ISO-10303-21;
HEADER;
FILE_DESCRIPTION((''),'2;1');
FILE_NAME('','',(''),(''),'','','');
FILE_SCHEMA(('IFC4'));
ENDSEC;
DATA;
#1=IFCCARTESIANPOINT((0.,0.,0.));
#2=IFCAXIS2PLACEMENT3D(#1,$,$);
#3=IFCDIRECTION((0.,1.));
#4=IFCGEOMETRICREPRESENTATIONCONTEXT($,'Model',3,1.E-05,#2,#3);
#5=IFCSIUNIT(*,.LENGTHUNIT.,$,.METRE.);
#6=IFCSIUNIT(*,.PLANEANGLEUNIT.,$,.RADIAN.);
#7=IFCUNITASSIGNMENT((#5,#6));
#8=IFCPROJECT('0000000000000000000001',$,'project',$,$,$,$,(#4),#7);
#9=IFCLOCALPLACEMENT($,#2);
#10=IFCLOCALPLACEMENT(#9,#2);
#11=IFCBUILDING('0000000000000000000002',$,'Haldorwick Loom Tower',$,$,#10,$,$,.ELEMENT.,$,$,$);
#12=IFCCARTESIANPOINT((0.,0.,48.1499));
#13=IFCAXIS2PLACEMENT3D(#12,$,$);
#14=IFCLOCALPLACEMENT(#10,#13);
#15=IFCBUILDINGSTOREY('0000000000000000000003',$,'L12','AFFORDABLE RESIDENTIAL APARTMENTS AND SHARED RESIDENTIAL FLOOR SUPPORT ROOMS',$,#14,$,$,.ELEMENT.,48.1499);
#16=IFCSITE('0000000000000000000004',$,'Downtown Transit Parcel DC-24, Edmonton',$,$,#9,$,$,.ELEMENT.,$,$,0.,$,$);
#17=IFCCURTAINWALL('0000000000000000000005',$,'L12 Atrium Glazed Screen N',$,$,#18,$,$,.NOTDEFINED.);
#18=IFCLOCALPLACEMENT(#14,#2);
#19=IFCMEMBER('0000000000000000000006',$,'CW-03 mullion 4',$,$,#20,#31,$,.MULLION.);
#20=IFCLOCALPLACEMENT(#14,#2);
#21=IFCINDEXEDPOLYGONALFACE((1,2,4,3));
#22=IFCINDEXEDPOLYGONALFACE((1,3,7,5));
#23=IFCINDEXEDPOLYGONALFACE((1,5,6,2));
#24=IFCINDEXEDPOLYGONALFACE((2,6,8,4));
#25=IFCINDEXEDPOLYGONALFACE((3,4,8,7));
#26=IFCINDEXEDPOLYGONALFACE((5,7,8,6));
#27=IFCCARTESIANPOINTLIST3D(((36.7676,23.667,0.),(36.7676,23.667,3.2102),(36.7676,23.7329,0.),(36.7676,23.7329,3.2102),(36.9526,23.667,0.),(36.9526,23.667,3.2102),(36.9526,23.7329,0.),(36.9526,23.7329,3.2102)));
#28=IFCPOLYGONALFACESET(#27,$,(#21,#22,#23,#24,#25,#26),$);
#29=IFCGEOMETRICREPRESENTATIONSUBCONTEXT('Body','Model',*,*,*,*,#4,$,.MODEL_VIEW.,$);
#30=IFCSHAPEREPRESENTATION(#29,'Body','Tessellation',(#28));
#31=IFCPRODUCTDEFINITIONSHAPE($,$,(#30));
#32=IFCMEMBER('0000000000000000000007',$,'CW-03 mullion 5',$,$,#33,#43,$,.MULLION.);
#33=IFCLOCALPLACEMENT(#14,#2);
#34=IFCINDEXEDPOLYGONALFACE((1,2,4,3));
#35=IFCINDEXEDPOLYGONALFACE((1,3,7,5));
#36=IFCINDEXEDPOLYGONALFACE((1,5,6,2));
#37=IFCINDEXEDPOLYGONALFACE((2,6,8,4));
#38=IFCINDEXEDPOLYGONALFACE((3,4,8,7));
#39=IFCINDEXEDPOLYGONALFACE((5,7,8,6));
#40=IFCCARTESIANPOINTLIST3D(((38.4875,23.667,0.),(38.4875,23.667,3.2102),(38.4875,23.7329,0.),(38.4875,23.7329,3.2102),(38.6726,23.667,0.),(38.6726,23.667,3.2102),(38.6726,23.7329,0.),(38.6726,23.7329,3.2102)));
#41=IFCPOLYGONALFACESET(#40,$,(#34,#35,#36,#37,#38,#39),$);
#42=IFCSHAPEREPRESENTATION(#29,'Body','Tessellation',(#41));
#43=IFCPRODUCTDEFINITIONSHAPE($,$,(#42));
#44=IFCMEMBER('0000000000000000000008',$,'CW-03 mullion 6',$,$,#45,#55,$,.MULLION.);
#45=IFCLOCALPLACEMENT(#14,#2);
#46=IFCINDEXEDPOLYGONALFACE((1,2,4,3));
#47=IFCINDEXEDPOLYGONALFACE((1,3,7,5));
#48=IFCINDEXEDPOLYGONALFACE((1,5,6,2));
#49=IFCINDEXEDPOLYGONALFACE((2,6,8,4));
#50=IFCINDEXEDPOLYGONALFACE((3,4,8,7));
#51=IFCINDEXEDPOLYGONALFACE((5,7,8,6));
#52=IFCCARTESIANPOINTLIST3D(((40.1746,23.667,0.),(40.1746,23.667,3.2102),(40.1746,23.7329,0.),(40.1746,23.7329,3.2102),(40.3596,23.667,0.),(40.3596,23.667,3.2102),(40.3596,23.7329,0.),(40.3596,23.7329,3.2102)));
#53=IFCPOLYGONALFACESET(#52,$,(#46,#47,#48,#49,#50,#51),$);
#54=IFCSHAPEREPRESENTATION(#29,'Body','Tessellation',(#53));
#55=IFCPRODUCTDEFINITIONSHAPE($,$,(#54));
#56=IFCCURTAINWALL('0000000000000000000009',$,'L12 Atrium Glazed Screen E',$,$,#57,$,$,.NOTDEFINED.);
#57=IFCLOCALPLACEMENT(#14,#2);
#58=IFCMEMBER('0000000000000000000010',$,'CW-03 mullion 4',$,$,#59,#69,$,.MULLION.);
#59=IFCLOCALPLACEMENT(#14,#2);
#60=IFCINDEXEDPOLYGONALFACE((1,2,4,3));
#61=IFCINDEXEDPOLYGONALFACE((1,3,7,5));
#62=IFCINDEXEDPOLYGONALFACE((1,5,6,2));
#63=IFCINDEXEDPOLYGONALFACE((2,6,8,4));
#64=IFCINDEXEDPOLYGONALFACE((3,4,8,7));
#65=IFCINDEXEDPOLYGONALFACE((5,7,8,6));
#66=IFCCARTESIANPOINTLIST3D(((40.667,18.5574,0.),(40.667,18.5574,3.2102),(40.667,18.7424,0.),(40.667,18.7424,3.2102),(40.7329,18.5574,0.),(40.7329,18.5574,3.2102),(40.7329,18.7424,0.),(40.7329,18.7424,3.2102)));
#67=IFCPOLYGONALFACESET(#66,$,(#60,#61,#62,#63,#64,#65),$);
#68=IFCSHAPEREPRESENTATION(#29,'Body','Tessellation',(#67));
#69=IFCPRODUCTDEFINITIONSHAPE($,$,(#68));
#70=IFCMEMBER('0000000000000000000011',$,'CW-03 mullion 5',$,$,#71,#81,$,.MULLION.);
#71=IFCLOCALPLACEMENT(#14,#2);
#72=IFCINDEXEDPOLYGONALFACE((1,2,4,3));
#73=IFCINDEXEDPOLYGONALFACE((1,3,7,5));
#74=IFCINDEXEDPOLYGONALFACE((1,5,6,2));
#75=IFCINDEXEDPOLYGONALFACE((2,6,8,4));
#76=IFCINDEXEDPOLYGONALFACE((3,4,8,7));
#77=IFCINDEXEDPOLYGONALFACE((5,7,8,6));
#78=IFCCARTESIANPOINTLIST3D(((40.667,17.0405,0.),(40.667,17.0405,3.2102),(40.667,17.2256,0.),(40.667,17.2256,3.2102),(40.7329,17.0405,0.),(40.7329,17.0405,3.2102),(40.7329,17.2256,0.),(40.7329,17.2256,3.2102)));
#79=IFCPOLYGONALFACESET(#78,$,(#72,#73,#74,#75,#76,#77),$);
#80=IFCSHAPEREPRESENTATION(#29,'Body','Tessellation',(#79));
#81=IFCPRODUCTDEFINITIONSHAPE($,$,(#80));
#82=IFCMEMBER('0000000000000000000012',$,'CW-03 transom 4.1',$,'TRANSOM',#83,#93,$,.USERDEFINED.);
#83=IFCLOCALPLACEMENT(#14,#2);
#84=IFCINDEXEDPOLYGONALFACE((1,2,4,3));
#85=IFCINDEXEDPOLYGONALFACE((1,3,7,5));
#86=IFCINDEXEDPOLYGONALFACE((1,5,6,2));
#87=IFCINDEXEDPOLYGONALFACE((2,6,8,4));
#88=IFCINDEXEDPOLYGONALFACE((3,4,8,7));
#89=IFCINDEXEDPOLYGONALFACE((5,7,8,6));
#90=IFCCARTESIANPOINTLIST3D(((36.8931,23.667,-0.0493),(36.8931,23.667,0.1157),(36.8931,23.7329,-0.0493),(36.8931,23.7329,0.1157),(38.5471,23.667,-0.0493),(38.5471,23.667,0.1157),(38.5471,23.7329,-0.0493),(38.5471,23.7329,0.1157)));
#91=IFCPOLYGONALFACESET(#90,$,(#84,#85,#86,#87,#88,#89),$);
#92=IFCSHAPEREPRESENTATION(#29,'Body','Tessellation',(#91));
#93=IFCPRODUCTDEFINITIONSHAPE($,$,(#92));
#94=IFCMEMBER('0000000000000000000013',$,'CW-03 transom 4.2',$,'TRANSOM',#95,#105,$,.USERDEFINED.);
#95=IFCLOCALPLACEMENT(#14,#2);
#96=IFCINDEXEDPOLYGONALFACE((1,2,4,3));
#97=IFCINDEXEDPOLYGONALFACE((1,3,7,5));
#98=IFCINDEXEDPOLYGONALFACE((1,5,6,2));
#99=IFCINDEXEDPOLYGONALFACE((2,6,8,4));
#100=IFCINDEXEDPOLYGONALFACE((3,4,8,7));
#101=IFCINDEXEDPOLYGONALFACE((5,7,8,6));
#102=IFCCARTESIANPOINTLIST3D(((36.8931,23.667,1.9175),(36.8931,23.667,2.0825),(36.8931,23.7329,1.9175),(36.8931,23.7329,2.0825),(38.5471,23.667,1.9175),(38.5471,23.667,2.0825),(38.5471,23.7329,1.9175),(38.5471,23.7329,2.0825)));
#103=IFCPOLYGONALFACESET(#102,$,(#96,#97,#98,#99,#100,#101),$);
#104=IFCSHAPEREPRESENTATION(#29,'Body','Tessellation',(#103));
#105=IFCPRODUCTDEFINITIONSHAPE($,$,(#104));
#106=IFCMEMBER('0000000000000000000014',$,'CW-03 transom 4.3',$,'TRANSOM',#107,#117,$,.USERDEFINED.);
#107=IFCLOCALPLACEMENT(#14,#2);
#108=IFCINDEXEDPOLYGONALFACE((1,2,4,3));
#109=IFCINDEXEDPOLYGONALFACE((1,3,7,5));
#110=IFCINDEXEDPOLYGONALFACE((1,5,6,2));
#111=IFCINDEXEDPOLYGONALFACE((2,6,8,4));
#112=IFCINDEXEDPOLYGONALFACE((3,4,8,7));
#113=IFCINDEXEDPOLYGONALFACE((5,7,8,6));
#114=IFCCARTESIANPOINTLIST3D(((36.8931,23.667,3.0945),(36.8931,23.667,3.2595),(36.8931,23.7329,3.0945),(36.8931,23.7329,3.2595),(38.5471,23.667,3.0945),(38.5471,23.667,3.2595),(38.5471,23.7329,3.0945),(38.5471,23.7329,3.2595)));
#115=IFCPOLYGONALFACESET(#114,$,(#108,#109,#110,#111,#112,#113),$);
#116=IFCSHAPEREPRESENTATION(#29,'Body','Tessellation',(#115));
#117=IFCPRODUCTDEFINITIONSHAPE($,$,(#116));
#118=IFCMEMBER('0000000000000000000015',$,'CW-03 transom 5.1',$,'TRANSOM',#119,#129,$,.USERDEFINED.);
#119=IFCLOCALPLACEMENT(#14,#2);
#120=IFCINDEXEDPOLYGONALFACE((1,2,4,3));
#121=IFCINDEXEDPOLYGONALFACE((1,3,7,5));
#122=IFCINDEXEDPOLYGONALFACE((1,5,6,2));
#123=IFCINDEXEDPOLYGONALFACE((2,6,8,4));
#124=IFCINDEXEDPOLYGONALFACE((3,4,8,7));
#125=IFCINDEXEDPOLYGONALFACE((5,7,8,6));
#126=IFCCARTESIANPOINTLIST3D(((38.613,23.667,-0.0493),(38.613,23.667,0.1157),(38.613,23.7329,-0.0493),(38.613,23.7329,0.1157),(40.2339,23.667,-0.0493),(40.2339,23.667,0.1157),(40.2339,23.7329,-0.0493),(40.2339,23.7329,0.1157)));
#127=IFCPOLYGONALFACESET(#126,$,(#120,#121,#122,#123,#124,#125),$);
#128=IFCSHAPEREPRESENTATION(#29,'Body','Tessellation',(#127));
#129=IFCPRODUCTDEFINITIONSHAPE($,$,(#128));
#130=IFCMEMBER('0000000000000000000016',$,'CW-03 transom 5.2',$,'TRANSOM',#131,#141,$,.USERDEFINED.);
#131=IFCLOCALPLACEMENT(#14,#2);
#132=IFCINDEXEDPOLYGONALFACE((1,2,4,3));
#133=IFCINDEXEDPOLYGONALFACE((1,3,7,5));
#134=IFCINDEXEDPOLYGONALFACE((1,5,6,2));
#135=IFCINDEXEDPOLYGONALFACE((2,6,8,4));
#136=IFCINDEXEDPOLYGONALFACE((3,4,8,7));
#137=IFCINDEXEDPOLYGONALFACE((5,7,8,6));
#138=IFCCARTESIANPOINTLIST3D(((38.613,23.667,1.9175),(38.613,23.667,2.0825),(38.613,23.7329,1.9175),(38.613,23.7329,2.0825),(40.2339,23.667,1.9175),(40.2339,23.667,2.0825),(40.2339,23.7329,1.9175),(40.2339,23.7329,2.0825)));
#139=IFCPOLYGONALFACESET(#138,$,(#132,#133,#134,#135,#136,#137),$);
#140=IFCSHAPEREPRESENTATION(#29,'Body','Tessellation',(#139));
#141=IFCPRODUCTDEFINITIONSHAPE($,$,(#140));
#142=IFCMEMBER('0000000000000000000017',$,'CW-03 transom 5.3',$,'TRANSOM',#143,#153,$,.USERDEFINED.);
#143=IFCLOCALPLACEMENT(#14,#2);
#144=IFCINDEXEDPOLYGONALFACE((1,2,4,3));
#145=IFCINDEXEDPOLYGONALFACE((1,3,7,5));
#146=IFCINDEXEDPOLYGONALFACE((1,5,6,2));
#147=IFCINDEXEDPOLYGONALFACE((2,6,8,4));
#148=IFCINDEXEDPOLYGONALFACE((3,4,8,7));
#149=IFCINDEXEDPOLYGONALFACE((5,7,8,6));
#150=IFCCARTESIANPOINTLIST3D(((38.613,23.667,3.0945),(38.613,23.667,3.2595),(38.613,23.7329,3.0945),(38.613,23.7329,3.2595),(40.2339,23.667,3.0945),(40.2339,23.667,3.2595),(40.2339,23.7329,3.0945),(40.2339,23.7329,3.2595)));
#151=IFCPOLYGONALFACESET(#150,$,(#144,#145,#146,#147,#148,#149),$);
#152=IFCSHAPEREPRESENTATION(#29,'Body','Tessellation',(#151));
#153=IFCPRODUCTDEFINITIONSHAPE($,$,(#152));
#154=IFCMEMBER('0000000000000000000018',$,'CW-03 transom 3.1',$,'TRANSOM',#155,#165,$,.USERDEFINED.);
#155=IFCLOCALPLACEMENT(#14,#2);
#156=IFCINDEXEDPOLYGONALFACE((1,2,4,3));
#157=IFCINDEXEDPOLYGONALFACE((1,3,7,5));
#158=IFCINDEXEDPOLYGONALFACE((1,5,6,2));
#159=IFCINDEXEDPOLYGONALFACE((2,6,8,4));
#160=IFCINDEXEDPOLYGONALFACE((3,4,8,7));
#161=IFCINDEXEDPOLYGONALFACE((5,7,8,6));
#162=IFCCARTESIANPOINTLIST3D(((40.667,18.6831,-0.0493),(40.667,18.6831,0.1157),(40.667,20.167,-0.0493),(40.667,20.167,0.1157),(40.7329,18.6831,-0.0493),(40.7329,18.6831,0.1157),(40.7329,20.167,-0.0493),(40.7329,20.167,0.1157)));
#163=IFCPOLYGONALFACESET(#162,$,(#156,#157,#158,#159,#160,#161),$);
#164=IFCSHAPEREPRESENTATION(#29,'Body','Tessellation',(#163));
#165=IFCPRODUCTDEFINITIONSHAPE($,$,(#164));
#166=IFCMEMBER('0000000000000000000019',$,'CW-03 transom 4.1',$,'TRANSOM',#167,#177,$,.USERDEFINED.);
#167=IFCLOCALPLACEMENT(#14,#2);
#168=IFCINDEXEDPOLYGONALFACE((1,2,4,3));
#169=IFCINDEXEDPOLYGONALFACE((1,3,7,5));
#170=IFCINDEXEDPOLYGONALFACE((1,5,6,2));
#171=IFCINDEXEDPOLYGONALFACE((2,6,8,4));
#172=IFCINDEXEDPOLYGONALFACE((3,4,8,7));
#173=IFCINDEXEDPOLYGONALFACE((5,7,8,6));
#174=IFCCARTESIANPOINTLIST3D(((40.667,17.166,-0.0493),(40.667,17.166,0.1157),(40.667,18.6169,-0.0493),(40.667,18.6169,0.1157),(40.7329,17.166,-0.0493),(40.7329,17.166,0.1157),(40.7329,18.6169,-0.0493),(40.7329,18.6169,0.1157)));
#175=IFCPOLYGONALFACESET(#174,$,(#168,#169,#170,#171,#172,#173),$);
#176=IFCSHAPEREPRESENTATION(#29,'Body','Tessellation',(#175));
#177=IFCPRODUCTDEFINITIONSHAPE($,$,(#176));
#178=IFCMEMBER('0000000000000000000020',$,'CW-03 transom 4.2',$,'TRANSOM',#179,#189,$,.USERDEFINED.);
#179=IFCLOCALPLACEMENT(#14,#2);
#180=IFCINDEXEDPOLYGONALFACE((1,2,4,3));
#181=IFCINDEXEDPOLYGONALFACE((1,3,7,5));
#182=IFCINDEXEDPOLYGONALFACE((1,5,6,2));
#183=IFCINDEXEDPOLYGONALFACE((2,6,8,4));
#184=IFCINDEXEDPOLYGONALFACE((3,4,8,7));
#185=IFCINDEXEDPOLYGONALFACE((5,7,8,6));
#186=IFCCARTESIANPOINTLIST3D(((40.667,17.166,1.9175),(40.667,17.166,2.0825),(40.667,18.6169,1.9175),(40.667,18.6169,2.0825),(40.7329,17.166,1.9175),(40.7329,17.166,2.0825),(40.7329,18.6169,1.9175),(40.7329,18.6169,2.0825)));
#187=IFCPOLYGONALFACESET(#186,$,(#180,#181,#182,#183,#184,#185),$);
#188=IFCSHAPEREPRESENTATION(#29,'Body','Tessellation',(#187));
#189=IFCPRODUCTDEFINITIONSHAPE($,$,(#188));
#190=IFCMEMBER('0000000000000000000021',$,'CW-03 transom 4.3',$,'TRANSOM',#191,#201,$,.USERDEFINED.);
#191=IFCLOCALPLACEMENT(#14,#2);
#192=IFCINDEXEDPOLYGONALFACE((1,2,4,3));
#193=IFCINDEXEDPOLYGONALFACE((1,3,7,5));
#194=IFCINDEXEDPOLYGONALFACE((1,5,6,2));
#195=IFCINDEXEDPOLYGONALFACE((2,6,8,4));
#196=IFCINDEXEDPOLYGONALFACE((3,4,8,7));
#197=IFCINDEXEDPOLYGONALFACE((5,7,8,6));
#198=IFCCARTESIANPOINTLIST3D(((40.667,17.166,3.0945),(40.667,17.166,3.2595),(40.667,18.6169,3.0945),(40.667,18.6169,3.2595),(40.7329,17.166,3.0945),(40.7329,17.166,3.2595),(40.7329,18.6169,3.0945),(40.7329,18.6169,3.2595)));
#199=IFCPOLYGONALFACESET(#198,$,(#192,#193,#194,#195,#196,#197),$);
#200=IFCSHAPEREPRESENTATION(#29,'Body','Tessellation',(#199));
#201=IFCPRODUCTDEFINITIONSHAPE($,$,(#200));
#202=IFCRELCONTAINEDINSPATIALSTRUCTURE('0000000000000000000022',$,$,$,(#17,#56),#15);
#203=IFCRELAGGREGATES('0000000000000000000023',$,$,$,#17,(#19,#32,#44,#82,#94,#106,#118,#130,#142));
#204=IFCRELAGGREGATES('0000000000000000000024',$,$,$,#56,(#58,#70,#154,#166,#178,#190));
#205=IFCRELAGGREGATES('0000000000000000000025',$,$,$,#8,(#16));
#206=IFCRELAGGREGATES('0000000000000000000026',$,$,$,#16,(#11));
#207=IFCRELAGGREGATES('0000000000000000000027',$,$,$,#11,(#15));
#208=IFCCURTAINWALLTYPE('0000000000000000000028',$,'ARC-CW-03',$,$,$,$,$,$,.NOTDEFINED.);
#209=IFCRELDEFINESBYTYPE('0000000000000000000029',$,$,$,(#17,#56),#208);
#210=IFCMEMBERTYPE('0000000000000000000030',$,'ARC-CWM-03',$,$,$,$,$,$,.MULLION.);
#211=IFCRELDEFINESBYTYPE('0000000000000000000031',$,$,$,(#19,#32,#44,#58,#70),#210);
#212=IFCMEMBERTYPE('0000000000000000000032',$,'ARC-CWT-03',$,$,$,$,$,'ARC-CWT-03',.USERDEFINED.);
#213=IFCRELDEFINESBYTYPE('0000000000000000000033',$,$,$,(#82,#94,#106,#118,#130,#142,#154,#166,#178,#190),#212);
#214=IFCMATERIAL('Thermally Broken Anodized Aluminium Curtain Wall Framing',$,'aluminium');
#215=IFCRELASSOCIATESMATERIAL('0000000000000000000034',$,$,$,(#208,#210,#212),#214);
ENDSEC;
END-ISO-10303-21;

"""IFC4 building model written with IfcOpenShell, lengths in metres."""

from ifc_helpers import new_model, si_unit, direction, frame, origin, origin_2d, place, context, subcontext, project, spatial, rectangle, extrude, material, material_profile, profile_set, type_object, element, aggregate, save


model = new_model("IFC4")

# Units and contexts
model_context = context("Model", 3, precision=1e-05, world=origin(), true_north=direction((0.0, 1.0)))
body_context = subcontext(model_context, "Body", "Model", "MODEL_VIEW")
ifc_project = project(units=[si_unit("LENGTHUNIT", "METRE"), si_unit("PLANEANGLEUNIT", "RADIAN")], contexts=[model_context])

# Site, building, storey
site_placement = place(None, origin())
site = spatial("IfcSite", under=ifc_project, at=site_placement, Name="Downtown Transit Parcel DC-24, Edmonton", CompositionType="ELEMENT", RefElevation=0.0)
building_placement = place(site_placement, origin())
building = spatial("IfcBuilding", under=site, at=building_placement, Name="Haldorwick Loom Tower", CompositionType="ELEMENT")
storey_placement = place(building_placement, frame((0.0, 0.0, 48.1499)))
storey = spatial("IfcBuildingStorey", under=building, at=storey_placement, Name="L12", Description="AFFORDABLE RESIDENTIAL APARTMENTS AND SHARED RESIDENTIAL FLOOR SUPPORT ROOMS", CompositionType="ELEMENT", Elevation=48.1499)

# Curtain walls, members
ifc_material_1 = material(Name="Thermally Broken Anodized Aluminium Curtain Wall Framing", Category="aluminium")
curtain_wall_type = type_object("IfcCurtainWallType", Name="ARC-CW-03", PredefinedType="NOTDEFINED", material=ifc_material_1)
curtain_wall_1_placement = place(storey_placement, origin())
curtain_wall_1 = element("IfcCurtainWall", 1, at=curtain_wall_1_placement, inside=storey, type_object=curtain_wall_type, Name="L12 Atrium Glazed Screen N", PredefinedType="NOTDEFINED")
ifc_material_profile_1 = material_profile(ifc_material_1, rectangle(XDim=0.0659, YDim=0.1851, at=origin_2d()), Name="ALU_MUL_66X185", Category="aluminium")
ifc_profile_set_1 = profile_set([ifc_material_profile_1], Name="Thermally Broken Anodized Aluminium Curtain Wall Framing")
member_type_1 = type_object("IfcMemberType", Name="ARC-CWM-03", PredefinedType="MULLION", material=ifc_profile_set_1)
member_1_placement = place(storey_placement, frame((36.8601, 23.7, 0.0), z_axis=(0.0, 0.0, 1.0), x_axis=(0.0, 1.0, 0.0)))
member_1 = element("IfcMember", 2, at=member_1_placement, type_object=member_type_1, Name="CW-03 mullion 4", PredefinedType="MULLION", context=body_context, shape_type="SweptSolid", body=[
    extrude(rectangle(XDim=0.0659, YDim=0.1851, at=origin_2d()), origin(), (0.0, 0.0, 1.0), 3.2102),
])
member_2_placement = place(storey_placement, frame((38.5801, 23.7, 0.0), z_axis=(0.0, 0.0, 1.0), x_axis=(0.0, 1.0, 0.0)))
member_2 = element("IfcMember", 3, at=member_2_placement, type_object=member_type_1, Name="CW-03 mullion 5", PredefinedType="MULLION", context=body_context, shape_type="SweptSolid", body=[
    extrude(rectangle(XDim=0.0659, YDim=0.1851, at=origin_2d()), origin(), (0.0, 0.0, 1.0), 3.2102),
])
member_3_placement = place(storey_placement, frame((40.2671, 23.7, 0.0), z_axis=(0.0, 0.0, 1.0), x_axis=(0.0, 1.0, 0.0)))
member_3 = element("IfcMember", 4, at=member_3_placement, type_object=member_type_1, Name="CW-03 mullion 6", PredefinedType="MULLION", context=body_context, shape_type="SweptSolid", body=[
    extrude(rectangle(XDim=0.0659, YDim=0.1851, at=origin_2d()), origin(), (0.0, 0.0, 1.0), 3.2102),
])
curtain_wall_2_placement = place(storey_placement, origin())
curtain_wall_2 = element("IfcCurtainWall", 5, at=curtain_wall_2_placement, inside=storey, type_object=curtain_wall_type, Name="L12 Atrium Glazed Screen E", PredefinedType="NOTDEFINED")
member_4_placement = place(storey_placement, frame((40.7, 18.6499, 0.0), z_axis=(0.0, 0.0, 1.0), x_axis=(1.0, 0.0, 0.0)))
member_4 = element("IfcMember", 6, at=member_4_placement, type_object=member_type_1, Name="CW-03 mullion 4", PredefinedType="MULLION", context=body_context, shape_type="SweptSolid", body=[
    extrude(rectangle(XDim=0.0659, YDim=0.1851, at=origin_2d()), origin(), (0.0, 0.0, 1.0), 3.2102),
])
member_5_placement = place(storey_placement, frame((40.7, 17.1331, 0.0), z_axis=(0.0, 0.0, 1.0), x_axis=(1.0, 0.0, 0.0)))
member_5 = element("IfcMember", 7, at=member_5_placement, type_object=member_type_1, Name="CW-03 mullion 5", PredefinedType="MULLION", context=body_context, shape_type="SweptSolid", body=[
    extrude(rectangle(XDim=0.0659, YDim=0.1851, at=origin_2d()), origin(), (0.0, 0.0, 1.0), 3.2102),
])

# Members
ifc_material_profile_2 = material_profile(ifc_material_1, rectangle(XDim=0.0659, YDim=0.165, at=origin_2d()), Name="ALU_TRN_66X165", Category="aluminium")
ifc_profile_set_2 = profile_set([ifc_material_profile_2], Name="Thermally Broken Anodized Aluminium Curtain Wall Framing")
member_type_2 = type_object("IfcMemberType", Name="ARC-CWT-03", ElementType="ARC-CWT-03", PredefinedType="USERDEFINED", material=ifc_profile_set_2)
member_6_placement = place(storey_placement, frame((36.8931, 23.7, 0.0332), z_axis=(1.0, 0.0, 0.0), x_axis=(0.0, 1.0, 0.0)))
member_6 = element("IfcMember", 8, at=member_6_placement, type_object=member_type_2, Name="CW-03 transom 4.1", ObjectType="TRANSOM", PredefinedType="USERDEFINED", context=body_context, shape_type="SweptSolid", body=[
    extrude(rectangle(XDim=0.0659, YDim=0.165, at=origin_2d()), origin(), (0.0, 0.0, 1.0), 1.6541),
])
member_7_placement = place(storey_placement, frame((36.8931, 23.7, 2.0), z_axis=(1.0, 0.0, 0.0), x_axis=(0.0, 1.0, 0.0)))
member_7 = element("IfcMember", 9, at=member_7_placement, type_object=member_type_2, Name="CW-03 transom 4.2", ObjectType="TRANSOM", PredefinedType="USERDEFINED", context=body_context, shape_type="SweptSolid", body=[
    extrude(rectangle(XDim=0.0659, YDim=0.165, at=origin_2d()), origin(), (0.0, 0.0, 1.0), 1.6541),
])
member_8_placement = place(storey_placement, frame((36.8931, 23.7, 3.177), z_axis=(1.0, 0.0, 0.0), x_axis=(0.0, 1.0, 0.0)))
member_8 = element("IfcMember", 10, at=member_8_placement, type_object=member_type_2, Name="CW-03 transom 4.3", ObjectType="TRANSOM", PredefinedType="USERDEFINED", context=body_context, shape_type="SweptSolid", body=[
    extrude(rectangle(XDim=0.0659, YDim=0.165, at=origin_2d()), origin(), (0.0, 0.0, 1.0), 1.6541),
])
member_9_placement = place(storey_placement, frame((38.613, 23.7, 0.0332), z_axis=(1.0, 0.0, 0.0), x_axis=(0.0, 1.0, 0.0)))
member_9 = element("IfcMember", 11, at=member_9_placement, type_object=member_type_2, Name="CW-03 transom 5.1", ObjectType="TRANSOM", PredefinedType="USERDEFINED", context=body_context, shape_type="SweptSolid", body=[
    extrude(rectangle(XDim=0.0659, YDim=0.165, at=origin_2d()), origin(), (0.0, 0.0, 1.0), 1.6208),
])
member_10_placement = place(storey_placement, frame((38.613, 23.7, 2.0), z_axis=(1.0, 0.0, 0.0), x_axis=(0.0, 1.0, 0.0)))
member_10 = element("IfcMember", 12, at=member_10_placement, type_object=member_type_2, Name="CW-03 transom 5.2", ObjectType="TRANSOM", PredefinedType="USERDEFINED", context=body_context, shape_type="SweptSolid", body=[
    extrude(rectangle(XDim=0.0659, YDim=0.165, at=origin_2d()), origin(), (0.0, 0.0, 1.0), 1.6208),
])
member_11_placement = place(storey_placement, frame((38.613, 23.7, 3.177), z_axis=(1.0, 0.0, 0.0), x_axis=(0.0, 1.0, 0.0)))
member_11 = element("IfcMember", 13, at=member_11_placement, type_object=member_type_2, Name="CW-03 transom 5.3", ObjectType="TRANSOM", PredefinedType="USERDEFINED", context=body_context, shape_type="SweptSolid", body=[
    extrude(rectangle(XDim=0.0659, YDim=0.165, at=origin_2d()), origin(), (0.0, 0.0, 1.0), 1.6208),
])
member_12_placement = place(storey_placement, frame((40.7, 20.167, 0.0332), z_axis=(0.0, -1.0, 0.0), x_axis=(1.0, 0.0, 0.0)))
member_12 = element("IfcMember", 14, at=member_12_placement, type_object=member_type_2, Name="CW-03 transom 3.1", ObjectType="TRANSOM", PredefinedType="USERDEFINED", context=body_context, shape_type="SweptSolid", body=[
    extrude(rectangle(XDim=0.0659, YDim=0.165, at=origin_2d()), origin(), (0.0, 0.0, 1.0), 1.4839),
])
member_13_placement = place(storey_placement, frame((40.7, 18.6169, 0.0332), z_axis=(0.0, -1.0, 0.0), x_axis=(1.0, 0.0, 0.0)))
member_13 = element("IfcMember", 15, at=member_13_placement, type_object=member_type_2, Name="CW-03 transom 4.1", ObjectType="TRANSOM", PredefinedType="USERDEFINED", context=body_context, shape_type="SweptSolid", body=[
    extrude(rectangle(XDim=0.0659, YDim=0.165, at=origin_2d()), origin(), (0.0, 0.0, 1.0), 1.4509),
])
member_14_placement = place(storey_placement, frame((40.7, 18.6169, 2.0), z_axis=(0.0, -1.0, 0.0), x_axis=(1.0, 0.0, 0.0)))
member_14 = element("IfcMember", 16, at=member_14_placement, type_object=member_type_2, Name="CW-03 transom 4.2", ObjectType="TRANSOM", PredefinedType="USERDEFINED", context=body_context, shape_type="SweptSolid", body=[
    extrude(rectangle(XDim=0.0659, YDim=0.165, at=origin_2d()), origin(), (0.0, 0.0, 1.0), 1.4509),
])
member_15_placement = place(storey_placement, frame((40.7, 18.6169, 3.177), z_axis=(0.0, -1.0, 0.0), x_axis=(1.0, 0.0, 0.0)))
member_15 = element("IfcMember", 17, at=member_15_placement, type_object=member_type_2, Name="CW-03 transom 4.3", ObjectType="TRANSOM", PredefinedType="USERDEFINED", context=body_context, shape_type="SweptSolid", body=[
    extrude(rectangle(XDim=0.0659, YDim=0.165, at=origin_2d()), origin(), (0.0, 0.0, 1.0), 1.4509),
])

aggregate(curtain_wall_1, [member_1, member_2, member_3, member_6, member_7, member_8, member_9, member_10, member_11])
aggregate(curtain_wall_2, [member_4, member_5, member_12, member_13, member_14, member_15])

save(model, "model.ifc")
